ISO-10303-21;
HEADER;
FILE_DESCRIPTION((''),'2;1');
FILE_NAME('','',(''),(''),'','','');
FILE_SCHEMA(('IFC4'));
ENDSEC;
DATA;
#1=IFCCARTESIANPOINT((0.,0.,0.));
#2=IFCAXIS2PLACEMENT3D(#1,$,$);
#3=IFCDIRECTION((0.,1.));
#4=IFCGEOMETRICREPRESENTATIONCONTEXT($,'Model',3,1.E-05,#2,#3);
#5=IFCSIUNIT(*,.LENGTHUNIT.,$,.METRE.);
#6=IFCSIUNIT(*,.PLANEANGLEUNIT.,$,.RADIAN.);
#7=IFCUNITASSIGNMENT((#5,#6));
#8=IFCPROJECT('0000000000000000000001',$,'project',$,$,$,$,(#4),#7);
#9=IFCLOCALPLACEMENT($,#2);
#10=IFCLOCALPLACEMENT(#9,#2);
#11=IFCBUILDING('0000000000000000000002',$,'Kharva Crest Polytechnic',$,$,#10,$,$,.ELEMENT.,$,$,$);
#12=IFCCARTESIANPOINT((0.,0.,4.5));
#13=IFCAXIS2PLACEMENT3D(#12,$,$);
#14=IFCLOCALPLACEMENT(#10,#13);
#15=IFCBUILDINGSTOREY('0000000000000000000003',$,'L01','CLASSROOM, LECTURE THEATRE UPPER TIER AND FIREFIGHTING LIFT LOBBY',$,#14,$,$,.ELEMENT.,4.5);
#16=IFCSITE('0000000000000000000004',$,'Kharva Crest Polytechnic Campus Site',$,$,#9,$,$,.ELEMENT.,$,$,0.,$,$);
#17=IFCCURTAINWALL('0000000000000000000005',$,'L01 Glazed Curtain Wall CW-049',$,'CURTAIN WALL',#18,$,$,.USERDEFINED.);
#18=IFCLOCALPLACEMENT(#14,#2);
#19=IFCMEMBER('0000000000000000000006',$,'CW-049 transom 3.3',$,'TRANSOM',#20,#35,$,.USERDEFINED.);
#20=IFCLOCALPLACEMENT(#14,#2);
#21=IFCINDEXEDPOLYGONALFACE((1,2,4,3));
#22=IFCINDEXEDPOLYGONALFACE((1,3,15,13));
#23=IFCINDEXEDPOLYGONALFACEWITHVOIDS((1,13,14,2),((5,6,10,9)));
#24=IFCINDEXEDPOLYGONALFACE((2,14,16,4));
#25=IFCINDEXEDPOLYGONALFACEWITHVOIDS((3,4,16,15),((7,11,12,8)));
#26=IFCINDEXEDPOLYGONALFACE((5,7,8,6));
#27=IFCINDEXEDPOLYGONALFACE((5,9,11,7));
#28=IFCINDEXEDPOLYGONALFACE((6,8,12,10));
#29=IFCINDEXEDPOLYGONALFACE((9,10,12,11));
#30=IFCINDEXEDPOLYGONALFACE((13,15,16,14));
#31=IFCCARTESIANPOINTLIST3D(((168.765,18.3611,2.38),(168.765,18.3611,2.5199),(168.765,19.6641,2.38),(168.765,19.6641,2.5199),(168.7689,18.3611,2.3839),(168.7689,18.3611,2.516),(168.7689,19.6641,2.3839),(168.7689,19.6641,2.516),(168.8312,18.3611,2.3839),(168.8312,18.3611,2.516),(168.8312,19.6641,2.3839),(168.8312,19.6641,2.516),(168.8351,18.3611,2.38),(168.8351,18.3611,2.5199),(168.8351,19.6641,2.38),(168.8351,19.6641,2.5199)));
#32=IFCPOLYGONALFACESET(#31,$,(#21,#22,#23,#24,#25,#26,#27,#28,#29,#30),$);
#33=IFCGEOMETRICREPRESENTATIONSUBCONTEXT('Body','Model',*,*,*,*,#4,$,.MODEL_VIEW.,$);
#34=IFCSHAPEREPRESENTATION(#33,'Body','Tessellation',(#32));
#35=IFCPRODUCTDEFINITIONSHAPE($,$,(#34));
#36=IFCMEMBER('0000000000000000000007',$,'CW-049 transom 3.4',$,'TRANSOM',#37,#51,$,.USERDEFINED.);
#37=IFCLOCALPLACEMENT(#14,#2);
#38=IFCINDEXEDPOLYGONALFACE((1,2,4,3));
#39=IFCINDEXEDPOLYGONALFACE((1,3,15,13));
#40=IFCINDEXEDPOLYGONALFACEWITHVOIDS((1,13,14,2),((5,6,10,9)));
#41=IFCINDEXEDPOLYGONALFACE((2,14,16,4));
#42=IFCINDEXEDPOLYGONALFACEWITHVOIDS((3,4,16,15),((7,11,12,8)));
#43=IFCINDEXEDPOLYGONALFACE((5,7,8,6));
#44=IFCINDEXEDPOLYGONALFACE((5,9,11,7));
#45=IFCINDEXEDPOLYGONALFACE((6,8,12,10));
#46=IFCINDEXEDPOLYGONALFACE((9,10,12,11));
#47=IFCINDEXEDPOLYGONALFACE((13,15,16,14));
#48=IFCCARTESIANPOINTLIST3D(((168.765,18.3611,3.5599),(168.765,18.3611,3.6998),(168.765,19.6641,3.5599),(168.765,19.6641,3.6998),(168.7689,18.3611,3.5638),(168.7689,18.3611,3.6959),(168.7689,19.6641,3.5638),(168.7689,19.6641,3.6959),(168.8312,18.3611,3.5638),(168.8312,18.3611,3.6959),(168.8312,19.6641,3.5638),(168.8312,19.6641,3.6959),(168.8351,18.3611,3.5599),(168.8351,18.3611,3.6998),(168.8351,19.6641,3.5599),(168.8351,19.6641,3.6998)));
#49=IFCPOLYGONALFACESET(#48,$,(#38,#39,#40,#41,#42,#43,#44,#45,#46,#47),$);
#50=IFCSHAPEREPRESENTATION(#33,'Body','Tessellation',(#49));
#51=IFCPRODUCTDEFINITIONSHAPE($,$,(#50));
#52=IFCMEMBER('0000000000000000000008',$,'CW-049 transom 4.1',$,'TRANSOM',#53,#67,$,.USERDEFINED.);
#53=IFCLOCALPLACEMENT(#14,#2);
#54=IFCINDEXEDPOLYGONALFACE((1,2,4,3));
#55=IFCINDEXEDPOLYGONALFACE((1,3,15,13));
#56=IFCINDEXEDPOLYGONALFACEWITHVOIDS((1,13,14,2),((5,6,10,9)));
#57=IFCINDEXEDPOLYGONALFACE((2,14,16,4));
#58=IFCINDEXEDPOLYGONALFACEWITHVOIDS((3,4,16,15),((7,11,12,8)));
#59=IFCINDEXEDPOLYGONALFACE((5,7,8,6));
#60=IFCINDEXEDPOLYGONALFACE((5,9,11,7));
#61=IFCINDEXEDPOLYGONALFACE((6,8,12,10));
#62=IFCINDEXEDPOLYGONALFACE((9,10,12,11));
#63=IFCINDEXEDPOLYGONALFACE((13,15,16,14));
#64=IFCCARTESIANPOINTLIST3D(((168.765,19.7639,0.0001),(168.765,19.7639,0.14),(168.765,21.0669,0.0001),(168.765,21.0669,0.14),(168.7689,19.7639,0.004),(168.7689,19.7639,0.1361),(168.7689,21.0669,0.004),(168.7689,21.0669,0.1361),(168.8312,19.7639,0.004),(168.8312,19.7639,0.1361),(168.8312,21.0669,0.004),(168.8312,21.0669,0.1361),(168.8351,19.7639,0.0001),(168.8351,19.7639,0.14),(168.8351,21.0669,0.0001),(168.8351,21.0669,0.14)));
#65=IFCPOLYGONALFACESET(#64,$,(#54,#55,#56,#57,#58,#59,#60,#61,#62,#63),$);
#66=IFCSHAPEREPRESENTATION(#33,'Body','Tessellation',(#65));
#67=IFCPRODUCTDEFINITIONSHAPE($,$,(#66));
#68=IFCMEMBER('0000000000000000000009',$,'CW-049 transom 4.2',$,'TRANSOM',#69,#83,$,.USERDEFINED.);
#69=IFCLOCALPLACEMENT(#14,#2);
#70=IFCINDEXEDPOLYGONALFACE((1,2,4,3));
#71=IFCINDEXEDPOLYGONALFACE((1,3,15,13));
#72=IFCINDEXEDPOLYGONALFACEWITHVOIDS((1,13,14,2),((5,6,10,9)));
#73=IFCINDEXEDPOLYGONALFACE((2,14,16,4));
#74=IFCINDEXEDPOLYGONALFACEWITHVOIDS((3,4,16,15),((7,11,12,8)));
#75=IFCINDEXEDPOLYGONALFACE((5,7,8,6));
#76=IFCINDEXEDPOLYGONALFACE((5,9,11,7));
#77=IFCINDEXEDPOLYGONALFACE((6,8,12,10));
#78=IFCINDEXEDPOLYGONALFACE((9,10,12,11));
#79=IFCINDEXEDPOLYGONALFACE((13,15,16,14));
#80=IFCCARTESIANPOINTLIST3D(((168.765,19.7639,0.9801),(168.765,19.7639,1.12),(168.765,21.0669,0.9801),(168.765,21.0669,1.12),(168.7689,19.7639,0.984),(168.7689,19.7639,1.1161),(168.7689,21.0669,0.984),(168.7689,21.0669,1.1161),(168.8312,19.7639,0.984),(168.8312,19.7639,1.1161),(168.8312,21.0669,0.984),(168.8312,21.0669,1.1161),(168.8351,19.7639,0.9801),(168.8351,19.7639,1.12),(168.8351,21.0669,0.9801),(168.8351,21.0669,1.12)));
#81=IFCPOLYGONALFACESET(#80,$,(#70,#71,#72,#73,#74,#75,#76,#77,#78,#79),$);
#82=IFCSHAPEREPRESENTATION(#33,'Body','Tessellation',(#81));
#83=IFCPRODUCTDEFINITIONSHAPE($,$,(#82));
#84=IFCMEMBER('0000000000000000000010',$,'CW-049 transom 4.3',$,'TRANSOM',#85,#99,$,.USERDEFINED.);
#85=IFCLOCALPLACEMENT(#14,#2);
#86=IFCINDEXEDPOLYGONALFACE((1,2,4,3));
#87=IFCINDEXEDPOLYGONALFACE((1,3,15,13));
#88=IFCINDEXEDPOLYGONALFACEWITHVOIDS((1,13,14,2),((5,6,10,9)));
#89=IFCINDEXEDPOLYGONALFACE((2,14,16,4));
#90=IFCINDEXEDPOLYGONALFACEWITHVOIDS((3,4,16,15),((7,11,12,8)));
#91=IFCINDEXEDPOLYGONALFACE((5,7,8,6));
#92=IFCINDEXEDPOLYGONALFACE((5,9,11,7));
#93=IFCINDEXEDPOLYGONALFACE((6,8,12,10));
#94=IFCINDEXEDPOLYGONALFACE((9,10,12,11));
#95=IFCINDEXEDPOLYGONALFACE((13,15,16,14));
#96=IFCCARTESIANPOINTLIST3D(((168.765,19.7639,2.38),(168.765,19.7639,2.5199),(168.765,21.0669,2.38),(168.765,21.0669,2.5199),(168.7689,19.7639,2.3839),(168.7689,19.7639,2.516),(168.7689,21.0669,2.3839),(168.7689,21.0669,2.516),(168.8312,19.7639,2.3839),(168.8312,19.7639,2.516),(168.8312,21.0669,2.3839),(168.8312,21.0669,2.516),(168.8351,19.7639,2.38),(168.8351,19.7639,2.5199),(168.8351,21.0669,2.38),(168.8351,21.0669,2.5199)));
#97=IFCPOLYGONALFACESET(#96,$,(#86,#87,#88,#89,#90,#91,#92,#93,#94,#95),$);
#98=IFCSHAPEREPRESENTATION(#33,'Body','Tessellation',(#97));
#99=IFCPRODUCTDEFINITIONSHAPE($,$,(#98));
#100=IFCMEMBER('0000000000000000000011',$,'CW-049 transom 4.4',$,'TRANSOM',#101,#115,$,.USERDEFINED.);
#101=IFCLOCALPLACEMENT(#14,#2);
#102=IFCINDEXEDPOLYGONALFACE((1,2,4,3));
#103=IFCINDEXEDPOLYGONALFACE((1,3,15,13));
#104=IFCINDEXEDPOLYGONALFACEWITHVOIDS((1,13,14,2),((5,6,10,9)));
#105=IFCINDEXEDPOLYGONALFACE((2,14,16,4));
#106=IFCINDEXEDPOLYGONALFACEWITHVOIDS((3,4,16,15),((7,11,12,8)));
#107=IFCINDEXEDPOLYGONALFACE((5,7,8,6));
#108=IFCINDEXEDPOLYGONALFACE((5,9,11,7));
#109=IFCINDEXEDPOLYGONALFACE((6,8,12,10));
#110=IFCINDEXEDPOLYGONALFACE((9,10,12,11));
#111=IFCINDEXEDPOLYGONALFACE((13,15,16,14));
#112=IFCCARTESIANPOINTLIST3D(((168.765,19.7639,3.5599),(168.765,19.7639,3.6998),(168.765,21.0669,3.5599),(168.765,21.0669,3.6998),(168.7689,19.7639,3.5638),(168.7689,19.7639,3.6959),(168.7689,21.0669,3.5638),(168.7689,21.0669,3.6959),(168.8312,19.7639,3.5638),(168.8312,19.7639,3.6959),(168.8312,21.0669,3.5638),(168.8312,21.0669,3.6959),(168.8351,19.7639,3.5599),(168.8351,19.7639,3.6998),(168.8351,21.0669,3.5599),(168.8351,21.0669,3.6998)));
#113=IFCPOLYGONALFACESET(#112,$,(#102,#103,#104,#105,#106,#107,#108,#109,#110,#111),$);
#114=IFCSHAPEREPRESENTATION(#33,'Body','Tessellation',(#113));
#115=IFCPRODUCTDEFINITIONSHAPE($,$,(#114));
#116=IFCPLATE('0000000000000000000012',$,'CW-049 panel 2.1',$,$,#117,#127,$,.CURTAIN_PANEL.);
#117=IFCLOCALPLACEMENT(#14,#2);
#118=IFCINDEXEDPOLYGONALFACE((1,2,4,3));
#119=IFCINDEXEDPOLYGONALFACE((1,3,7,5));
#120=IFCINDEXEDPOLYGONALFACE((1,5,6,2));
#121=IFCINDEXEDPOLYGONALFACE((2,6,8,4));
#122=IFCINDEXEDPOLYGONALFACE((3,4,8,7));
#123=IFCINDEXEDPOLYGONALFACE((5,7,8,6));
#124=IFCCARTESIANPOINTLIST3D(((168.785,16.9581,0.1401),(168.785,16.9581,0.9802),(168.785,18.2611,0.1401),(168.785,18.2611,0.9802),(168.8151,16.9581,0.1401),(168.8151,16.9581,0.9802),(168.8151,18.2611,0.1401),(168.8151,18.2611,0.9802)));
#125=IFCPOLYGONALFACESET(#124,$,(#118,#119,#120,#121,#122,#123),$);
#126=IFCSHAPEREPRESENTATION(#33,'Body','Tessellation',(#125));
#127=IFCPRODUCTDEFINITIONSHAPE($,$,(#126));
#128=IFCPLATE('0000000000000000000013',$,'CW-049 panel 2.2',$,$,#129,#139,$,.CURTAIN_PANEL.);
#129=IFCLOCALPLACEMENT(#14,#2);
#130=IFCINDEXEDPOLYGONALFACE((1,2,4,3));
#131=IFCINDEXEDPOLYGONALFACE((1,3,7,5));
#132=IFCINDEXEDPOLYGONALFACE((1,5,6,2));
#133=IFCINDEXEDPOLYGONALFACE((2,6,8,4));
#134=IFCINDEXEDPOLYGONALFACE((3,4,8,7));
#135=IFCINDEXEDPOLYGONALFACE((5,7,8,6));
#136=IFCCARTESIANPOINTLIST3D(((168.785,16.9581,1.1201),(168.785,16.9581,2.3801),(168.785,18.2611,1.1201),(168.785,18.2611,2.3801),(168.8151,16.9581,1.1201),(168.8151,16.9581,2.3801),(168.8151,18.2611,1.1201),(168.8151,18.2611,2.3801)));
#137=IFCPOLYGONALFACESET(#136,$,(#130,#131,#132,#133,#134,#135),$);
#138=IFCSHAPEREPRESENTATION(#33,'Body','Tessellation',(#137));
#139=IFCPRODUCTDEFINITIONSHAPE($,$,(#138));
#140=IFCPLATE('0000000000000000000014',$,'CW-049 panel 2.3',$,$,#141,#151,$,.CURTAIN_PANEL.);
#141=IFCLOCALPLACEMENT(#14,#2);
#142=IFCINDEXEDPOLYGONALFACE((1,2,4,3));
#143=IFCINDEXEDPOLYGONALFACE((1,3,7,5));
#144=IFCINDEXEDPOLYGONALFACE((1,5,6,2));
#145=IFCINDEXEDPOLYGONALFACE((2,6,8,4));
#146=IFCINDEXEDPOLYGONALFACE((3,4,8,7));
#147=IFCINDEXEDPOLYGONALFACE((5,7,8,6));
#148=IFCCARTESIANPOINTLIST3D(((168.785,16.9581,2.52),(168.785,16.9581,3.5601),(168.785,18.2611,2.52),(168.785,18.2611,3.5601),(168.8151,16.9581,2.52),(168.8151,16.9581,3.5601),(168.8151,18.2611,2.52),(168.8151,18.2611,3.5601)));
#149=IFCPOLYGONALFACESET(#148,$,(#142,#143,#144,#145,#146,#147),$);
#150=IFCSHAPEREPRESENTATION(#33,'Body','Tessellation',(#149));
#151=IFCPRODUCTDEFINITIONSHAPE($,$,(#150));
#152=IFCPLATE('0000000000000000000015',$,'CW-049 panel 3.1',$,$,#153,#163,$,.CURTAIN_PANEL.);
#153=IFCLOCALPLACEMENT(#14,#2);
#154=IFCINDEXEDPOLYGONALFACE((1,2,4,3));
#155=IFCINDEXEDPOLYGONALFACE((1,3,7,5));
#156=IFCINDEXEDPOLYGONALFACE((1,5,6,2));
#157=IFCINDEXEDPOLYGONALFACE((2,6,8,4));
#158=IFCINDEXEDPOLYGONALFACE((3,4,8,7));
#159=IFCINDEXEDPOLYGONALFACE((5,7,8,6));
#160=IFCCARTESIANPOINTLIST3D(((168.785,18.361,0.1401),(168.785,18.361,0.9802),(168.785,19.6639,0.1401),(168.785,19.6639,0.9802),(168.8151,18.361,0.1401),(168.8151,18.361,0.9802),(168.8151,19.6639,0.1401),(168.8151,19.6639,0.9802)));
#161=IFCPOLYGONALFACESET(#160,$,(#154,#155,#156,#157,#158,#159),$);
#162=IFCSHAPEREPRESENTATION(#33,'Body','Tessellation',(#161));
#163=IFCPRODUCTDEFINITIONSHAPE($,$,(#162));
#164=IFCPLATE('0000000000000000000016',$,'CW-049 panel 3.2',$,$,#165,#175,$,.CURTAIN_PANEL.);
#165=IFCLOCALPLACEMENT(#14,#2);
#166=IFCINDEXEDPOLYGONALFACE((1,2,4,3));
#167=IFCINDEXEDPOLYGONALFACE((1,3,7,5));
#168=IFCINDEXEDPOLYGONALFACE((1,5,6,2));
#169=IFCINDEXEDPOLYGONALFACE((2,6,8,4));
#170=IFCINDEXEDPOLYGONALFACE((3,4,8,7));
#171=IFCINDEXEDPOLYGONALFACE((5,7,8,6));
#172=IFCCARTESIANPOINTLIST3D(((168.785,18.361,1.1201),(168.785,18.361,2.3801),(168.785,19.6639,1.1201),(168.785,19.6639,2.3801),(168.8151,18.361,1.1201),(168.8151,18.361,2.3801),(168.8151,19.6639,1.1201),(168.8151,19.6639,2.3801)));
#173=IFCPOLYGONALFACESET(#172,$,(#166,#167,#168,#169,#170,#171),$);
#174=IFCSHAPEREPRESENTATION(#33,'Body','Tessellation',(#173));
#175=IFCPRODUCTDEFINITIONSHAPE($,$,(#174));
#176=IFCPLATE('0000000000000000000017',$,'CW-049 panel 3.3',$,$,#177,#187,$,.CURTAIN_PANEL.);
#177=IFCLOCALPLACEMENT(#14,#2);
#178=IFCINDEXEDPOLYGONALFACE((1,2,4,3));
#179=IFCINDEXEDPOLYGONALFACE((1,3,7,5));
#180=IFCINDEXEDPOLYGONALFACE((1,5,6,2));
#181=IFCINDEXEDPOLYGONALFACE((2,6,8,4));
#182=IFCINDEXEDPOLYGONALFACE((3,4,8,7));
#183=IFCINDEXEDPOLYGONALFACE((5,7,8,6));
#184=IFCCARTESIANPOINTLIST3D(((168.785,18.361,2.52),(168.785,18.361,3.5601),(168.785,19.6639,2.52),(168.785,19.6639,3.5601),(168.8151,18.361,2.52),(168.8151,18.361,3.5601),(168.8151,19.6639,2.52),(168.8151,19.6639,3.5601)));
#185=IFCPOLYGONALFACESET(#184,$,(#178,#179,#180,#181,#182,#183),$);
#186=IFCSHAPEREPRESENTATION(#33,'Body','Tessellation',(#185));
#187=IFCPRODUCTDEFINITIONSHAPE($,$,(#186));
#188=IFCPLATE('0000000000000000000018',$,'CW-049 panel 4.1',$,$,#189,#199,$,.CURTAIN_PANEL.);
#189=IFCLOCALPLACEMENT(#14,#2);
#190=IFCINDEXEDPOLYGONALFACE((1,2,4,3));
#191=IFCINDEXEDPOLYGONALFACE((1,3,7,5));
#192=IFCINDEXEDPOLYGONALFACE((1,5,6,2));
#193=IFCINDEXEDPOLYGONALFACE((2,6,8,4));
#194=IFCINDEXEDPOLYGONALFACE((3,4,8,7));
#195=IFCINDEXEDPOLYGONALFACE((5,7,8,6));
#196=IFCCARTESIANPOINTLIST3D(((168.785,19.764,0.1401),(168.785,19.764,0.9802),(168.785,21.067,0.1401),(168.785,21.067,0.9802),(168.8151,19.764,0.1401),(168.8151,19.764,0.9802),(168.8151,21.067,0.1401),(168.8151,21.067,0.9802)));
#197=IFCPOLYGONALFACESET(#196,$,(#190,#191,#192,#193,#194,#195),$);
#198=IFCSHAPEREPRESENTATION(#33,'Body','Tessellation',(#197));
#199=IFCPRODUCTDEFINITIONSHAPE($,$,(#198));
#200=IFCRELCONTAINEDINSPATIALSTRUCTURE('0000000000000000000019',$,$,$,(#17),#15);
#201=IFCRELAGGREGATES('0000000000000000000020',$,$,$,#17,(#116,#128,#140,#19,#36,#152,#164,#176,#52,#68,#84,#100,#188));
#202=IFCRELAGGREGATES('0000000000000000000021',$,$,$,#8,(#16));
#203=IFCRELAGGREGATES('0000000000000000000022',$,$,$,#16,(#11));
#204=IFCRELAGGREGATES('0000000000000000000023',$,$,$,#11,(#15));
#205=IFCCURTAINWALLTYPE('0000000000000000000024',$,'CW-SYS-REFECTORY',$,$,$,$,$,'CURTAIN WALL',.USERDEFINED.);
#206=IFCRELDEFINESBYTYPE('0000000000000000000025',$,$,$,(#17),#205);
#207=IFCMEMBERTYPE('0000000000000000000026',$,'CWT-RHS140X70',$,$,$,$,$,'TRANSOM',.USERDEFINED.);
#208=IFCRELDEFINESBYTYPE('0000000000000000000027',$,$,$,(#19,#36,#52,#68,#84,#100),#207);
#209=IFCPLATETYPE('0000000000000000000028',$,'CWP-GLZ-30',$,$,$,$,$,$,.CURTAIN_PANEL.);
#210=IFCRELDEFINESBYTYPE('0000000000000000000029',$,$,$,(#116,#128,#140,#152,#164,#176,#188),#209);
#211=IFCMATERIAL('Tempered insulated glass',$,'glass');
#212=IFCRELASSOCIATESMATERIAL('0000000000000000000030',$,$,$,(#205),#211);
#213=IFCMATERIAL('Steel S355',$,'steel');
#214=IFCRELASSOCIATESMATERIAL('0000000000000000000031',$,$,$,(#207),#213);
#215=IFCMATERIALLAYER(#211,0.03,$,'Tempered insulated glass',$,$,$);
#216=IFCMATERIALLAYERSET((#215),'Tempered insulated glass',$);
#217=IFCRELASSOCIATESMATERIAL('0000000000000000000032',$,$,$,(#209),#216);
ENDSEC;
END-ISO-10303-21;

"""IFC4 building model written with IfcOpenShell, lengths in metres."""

from ifc_helpers import new_model, si_unit, direction, frame, origin, origin_2d, place, context, subcontext, project, spatial, rectangle, hollow_rectangle, extrude, material, layer, layer_set, material_profile, profile_set, type_object, element, aggregate, save


model = new_model("IFC4")

# Units and contexts
model_context = context("Model", 3, precision=1e-05, world=origin(), true_north=direction((0.0, 1.0)))
body_context = subcontext(model_context, "Body", "Model", "MODEL_VIEW")
ifc_project = project(units=[si_unit("LENGTHUNIT", "METRE"), si_unit("PLANEANGLEUNIT", "RADIAN")], contexts=[model_context])

# Site, building, storey
site_placement = place(None, origin())
site = spatial("IfcSite", under=ifc_project, at=site_placement, Name="Kharva Crest Polytechnic Campus Site", CompositionType="ELEMENT", RefElevation=0.0)
building_placement = place(site_placement, origin())
building = spatial("IfcBuilding", under=site, at=building_placement, Name="Kharva Crest Polytechnic", CompositionType="ELEMENT")
storey_placement = place(building_placement, frame((0.0, 0.0, 4.5)))
storey = spatial("IfcBuildingStorey", under=building, at=storey_placement, Name="L01", Description="CLASSROOM, LECTURE THEATRE UPPER TIER AND FIREFIGHTING LIFT LOBBY", CompositionType="ELEMENT", Elevation=4.5)

# Curtain wall, members, plates
ifc_material_1 = material(Name="Tempered insulated glass", Category="glass")
curtain_wall_type = type_object("IfcCurtainWallType", Name="CW-SYS-REFECTORY", ElementType="CURTAIN WALL", PredefinedType="USERDEFINED", material=ifc_material_1)
curtain_wall_placement = place(storey_placement, origin())
curtain_wall = element("IfcCurtainWall", 1, at=curtain_wall_placement, inside=storey, type_object=curtain_wall_type, Name="L01 Glazed Curtain Wall CW-049", ObjectType="CURTAIN WALL", PredefinedType="USERDEFINED")
ifc_material_2 = material(Name="Steel S355", Category="steel")
ifc_material_profile_1 = material_profile(ifc_material_2, hollow_rectangle(XDim=0.0701, YDim=0.1399, WallThickness=0.0039, at=origin_2d()), Name="RHS 140X70X4.0")
ifc_profile_set_1 = profile_set([ifc_material_profile_1], Name="Steel S355")
member_type_1 = type_object("IfcMemberType", Name="CWT-RHS140X70", ElementType="TRANSOM", PredefinedType="USERDEFINED", material=ifc_profile_set_1)
member_1_placement = place(storey_placement, frame((168.8, 18.3611, 2.45), z_axis=(0.0, 1.0, 0.0), x_axis=(-1.0, 0.0, 0.0)))
member_1 = element("IfcMember", 2, at=member_1_placement, type_object=member_type_1, Name="CW-049 transom 3.3", ObjectType="TRANSOM", PredefinedType="USERDEFINED", context=body_context, shape_type="SweptSolid", body=[
    extrude(hollow_rectangle(XDim=0.0701, YDim=0.1399, WallThickness=0.0039, at=origin_2d()), origin(), (0.0, 0.0, 1.0), 1.303),
])
member_2_placement = place(storey_placement, frame((168.8, 18.3611, 3.6299), z_axis=(0.0, 1.0, 0.0), x_axis=(-1.0, 0.0, 0.0)))
member_2 = element("IfcMember", 3, at=member_2_placement, type_object=member_type_1, Name="CW-049 transom 3.4", ObjectType="TRANSOM", PredefinedType="USERDEFINED", context=body_context, shape_type="SweptSolid", body=[
    extrude(hollow_rectangle(XDim=0.0701, YDim=0.1399, WallThickness=0.0039, at=origin_2d()), origin(), (0.0, 0.0, 1.0), 1.303),
])
member_3_placement = place(storey_placement, frame((168.8, 19.7639, 0.0701), z_axis=(0.0, 1.0, 0.0), x_axis=(-1.0, 0.0, 0.0)))
member_3 = element("IfcMember", 4, at=member_3_placement, type_object=member_type_1, Name="CW-049 transom 4.1", ObjectType="TRANSOM", PredefinedType="USERDEFINED", context=body_context, shape_type="SweptSolid", body=[
    extrude(hollow_rectangle(XDim=0.0701, YDim=0.1399, WallThickness=0.0039, at=origin_2d()), origin(), (0.0, 0.0, 1.0), 1.303),
])
member_4_placement = place(storey_placement, frame((168.8, 19.7639, 1.05), z_axis=(0.0, 1.0, 0.0), x_axis=(-1.0, 0.0, 0.0)))
member_4 = element("IfcMember", 5, at=member_4_placement, type_object=member_type_1, Name="CW-049 transom 4.2", ObjectType="TRANSOM", PredefinedType="USERDEFINED", context=body_context, shape_type="SweptSolid", body=[
    extrude(hollow_rectangle(XDim=0.0701, YDim=0.1399, WallThickness=0.0039, at=origin_2d()), origin(), (0.0, 0.0, 1.0), 1.303),
])
member_5_placement = place(storey_placement, frame((168.8, 19.7639, 2.45), z_axis=(0.0, 1.0, 0.0), x_axis=(-1.0, 0.0, 0.0)))
member_5 = element("IfcMember", 6, at=member_5_placement, type_object=member_type_1, Name="CW-049 transom 4.3", ObjectType="TRANSOM", PredefinedType="USERDEFINED", context=body_context, shape_type="SweptSolid", body=[
    extrude(hollow_rectangle(XDim=0.0701, YDim=0.1399, WallThickness=0.0039, at=origin_2d()), origin(), (0.0, 0.0, 1.0), 1.303),
])
member_6_placement = place(storey_placement, frame((168.8, 19.7639, 3.6299), z_axis=(0.0, 1.0, 0.0), x_axis=(-1.0, 0.0, 0.0)))
member_6 = element("IfcMember", 7, at=member_6_placement, type_object=member_type_1, Name="CW-049 transom 4.4", ObjectType="TRANSOM", PredefinedType="USERDEFINED", context=body_context, shape_type="SweptSolid", body=[
    extrude(hollow_rectangle(XDim=0.0701, YDim=0.1399, WallThickness=0.0039, at=origin_2d()), origin(), (0.0, 0.0, 1.0), 1.303),
])
ifc_layer = layer(ifc_material_1, 0.03, Name="Tempered insulated glass")
ifc_layer_set = layer_set([ifc_layer], Name="Tempered insulated glass")
plate_type = type_object("IfcPlateType", Name="CWP-GLZ-30", PredefinedType="CURTAIN_PANEL", material=ifc_layer_set)
plate_1_placement = place(storey_placement, frame((168.8, 17.6096, 0.1401), z_axis=(0.0, 0.0, 1.0), x_axis=(0.0, 1.0, 0.0)))
plate_1 = element("IfcPlate", 8, at=plate_1_placement, type_object=plate_type, Name="CW-049 panel 2.1", PredefinedType="CURTAIN_PANEL", context=body_context, shape_type="SweptSolid", body=[
    extrude(rectangle(XDim=1.303, YDim=0.03, at=origin_2d()), origin(), (0.0, 0.0, 1.0), 0.8401),
])
plate_2_placement = place(storey_placement, frame((168.8, 17.6096, 1.1201), z_axis=(0.0, 0.0, 1.0), x_axis=(0.0, 1.0, 0.0)))
plate_2 = element("IfcPlate", 9, at=plate_2_placement, type_object=plate_type, Name="CW-049 panel 2.2", PredefinedType="CURTAIN_PANEL", context=body_context, shape_type="SweptSolid", body=[
    extrude(rectangle(XDim=1.303, YDim=0.03, at=origin_2d()), origin(), (0.0, 0.0, 1.0), 1.26),
])
plate_3_placement = place(storey_placement, frame((168.8, 17.6096, 2.52), z_axis=(0.0, 0.0, 1.0), x_axis=(0.0, 1.0, 0.0)))
plate_3 = element("IfcPlate", 10, at=plate_3_placement, type_object=plate_type, Name="CW-049 panel 2.3", PredefinedType="CURTAIN_PANEL", context=body_context, shape_type="SweptSolid", body=[
    extrude(rectangle(XDim=1.303, YDim=0.03, at=origin_2d()), origin(), (0.0, 0.0, 1.0), 1.04),
])
plate_4_placement = place(storey_placement, frame((168.8, 19.0125, 0.1401), z_axis=(0.0, 0.0, 1.0), x_axis=(0.0, 1.0, 0.0)))
plate_4 = element("IfcPlate", 11, at=plate_4_placement, type_object=plate_type, Name="CW-049 panel 3.1", PredefinedType="CURTAIN_PANEL", context=body_context, shape_type="SweptSolid", body=[
    extrude(rectangle(XDim=1.303, YDim=0.03, at=origin_2d()), origin(), (0.0, 0.0, 1.0), 0.8401),
])
plate_5_placement = place(storey_placement, frame((168.8, 19.0125, 1.1201), z_axis=(0.0, 0.0, 1.0), x_axis=(0.0, 1.0, 0.0)))
plate_5 = element("IfcPlate", 12, at=plate_5_placement, type_object=plate_type, Name="CW-049 panel 3.2", PredefinedType="CURTAIN_PANEL", context=body_context, shape_type="SweptSolid", body=[
    extrude(rectangle(XDim=1.303, YDim=0.03, at=origin_2d()), origin(), (0.0, 0.0, 1.0), 1.26),
])
plate_6_placement = place(storey_placement, frame((168.8, 19.0125, 2.52), z_axis=(0.0, 0.0, 1.0), x_axis=(0.0, 1.0, 0.0)))
plate_6 = element("IfcPlate", 13, at=plate_6_placement, type_object=plate_type, Name="CW-049 panel 3.3", PredefinedType="CURTAIN_PANEL", context=body_context, shape_type="SweptSolid", body=[
    extrude(rectangle(XDim=1.303, YDim=0.03, at=origin_2d()), origin(), (0.0, 0.0, 1.0), 1.04),
])
plate_7_placement = place(storey_placement, frame((168.8, 20.4155, 0.1401), z_axis=(0.0, 0.0, 1.0), x_axis=(0.0, 1.0, 0.0)))
plate_7 = element("IfcPlate", 14, at=plate_7_placement, type_object=plate_type, Name="CW-049 panel 4.1", PredefinedType="CURTAIN_PANEL", context=body_context, shape_type="SweptSolid", body=[
    extrude(rectangle(XDim=1.303, YDim=0.03, at=origin_2d()), origin(), (0.0, 0.0, 1.0), 0.8401),
])
aggregate(curtain_wall, [plate_1, plate_2, plate_3, member_1, member_2, plate_4, plate_5, plate_6, member_3, member_4, member_5, member_6, plate_7])

save(model, "model.ifc")
